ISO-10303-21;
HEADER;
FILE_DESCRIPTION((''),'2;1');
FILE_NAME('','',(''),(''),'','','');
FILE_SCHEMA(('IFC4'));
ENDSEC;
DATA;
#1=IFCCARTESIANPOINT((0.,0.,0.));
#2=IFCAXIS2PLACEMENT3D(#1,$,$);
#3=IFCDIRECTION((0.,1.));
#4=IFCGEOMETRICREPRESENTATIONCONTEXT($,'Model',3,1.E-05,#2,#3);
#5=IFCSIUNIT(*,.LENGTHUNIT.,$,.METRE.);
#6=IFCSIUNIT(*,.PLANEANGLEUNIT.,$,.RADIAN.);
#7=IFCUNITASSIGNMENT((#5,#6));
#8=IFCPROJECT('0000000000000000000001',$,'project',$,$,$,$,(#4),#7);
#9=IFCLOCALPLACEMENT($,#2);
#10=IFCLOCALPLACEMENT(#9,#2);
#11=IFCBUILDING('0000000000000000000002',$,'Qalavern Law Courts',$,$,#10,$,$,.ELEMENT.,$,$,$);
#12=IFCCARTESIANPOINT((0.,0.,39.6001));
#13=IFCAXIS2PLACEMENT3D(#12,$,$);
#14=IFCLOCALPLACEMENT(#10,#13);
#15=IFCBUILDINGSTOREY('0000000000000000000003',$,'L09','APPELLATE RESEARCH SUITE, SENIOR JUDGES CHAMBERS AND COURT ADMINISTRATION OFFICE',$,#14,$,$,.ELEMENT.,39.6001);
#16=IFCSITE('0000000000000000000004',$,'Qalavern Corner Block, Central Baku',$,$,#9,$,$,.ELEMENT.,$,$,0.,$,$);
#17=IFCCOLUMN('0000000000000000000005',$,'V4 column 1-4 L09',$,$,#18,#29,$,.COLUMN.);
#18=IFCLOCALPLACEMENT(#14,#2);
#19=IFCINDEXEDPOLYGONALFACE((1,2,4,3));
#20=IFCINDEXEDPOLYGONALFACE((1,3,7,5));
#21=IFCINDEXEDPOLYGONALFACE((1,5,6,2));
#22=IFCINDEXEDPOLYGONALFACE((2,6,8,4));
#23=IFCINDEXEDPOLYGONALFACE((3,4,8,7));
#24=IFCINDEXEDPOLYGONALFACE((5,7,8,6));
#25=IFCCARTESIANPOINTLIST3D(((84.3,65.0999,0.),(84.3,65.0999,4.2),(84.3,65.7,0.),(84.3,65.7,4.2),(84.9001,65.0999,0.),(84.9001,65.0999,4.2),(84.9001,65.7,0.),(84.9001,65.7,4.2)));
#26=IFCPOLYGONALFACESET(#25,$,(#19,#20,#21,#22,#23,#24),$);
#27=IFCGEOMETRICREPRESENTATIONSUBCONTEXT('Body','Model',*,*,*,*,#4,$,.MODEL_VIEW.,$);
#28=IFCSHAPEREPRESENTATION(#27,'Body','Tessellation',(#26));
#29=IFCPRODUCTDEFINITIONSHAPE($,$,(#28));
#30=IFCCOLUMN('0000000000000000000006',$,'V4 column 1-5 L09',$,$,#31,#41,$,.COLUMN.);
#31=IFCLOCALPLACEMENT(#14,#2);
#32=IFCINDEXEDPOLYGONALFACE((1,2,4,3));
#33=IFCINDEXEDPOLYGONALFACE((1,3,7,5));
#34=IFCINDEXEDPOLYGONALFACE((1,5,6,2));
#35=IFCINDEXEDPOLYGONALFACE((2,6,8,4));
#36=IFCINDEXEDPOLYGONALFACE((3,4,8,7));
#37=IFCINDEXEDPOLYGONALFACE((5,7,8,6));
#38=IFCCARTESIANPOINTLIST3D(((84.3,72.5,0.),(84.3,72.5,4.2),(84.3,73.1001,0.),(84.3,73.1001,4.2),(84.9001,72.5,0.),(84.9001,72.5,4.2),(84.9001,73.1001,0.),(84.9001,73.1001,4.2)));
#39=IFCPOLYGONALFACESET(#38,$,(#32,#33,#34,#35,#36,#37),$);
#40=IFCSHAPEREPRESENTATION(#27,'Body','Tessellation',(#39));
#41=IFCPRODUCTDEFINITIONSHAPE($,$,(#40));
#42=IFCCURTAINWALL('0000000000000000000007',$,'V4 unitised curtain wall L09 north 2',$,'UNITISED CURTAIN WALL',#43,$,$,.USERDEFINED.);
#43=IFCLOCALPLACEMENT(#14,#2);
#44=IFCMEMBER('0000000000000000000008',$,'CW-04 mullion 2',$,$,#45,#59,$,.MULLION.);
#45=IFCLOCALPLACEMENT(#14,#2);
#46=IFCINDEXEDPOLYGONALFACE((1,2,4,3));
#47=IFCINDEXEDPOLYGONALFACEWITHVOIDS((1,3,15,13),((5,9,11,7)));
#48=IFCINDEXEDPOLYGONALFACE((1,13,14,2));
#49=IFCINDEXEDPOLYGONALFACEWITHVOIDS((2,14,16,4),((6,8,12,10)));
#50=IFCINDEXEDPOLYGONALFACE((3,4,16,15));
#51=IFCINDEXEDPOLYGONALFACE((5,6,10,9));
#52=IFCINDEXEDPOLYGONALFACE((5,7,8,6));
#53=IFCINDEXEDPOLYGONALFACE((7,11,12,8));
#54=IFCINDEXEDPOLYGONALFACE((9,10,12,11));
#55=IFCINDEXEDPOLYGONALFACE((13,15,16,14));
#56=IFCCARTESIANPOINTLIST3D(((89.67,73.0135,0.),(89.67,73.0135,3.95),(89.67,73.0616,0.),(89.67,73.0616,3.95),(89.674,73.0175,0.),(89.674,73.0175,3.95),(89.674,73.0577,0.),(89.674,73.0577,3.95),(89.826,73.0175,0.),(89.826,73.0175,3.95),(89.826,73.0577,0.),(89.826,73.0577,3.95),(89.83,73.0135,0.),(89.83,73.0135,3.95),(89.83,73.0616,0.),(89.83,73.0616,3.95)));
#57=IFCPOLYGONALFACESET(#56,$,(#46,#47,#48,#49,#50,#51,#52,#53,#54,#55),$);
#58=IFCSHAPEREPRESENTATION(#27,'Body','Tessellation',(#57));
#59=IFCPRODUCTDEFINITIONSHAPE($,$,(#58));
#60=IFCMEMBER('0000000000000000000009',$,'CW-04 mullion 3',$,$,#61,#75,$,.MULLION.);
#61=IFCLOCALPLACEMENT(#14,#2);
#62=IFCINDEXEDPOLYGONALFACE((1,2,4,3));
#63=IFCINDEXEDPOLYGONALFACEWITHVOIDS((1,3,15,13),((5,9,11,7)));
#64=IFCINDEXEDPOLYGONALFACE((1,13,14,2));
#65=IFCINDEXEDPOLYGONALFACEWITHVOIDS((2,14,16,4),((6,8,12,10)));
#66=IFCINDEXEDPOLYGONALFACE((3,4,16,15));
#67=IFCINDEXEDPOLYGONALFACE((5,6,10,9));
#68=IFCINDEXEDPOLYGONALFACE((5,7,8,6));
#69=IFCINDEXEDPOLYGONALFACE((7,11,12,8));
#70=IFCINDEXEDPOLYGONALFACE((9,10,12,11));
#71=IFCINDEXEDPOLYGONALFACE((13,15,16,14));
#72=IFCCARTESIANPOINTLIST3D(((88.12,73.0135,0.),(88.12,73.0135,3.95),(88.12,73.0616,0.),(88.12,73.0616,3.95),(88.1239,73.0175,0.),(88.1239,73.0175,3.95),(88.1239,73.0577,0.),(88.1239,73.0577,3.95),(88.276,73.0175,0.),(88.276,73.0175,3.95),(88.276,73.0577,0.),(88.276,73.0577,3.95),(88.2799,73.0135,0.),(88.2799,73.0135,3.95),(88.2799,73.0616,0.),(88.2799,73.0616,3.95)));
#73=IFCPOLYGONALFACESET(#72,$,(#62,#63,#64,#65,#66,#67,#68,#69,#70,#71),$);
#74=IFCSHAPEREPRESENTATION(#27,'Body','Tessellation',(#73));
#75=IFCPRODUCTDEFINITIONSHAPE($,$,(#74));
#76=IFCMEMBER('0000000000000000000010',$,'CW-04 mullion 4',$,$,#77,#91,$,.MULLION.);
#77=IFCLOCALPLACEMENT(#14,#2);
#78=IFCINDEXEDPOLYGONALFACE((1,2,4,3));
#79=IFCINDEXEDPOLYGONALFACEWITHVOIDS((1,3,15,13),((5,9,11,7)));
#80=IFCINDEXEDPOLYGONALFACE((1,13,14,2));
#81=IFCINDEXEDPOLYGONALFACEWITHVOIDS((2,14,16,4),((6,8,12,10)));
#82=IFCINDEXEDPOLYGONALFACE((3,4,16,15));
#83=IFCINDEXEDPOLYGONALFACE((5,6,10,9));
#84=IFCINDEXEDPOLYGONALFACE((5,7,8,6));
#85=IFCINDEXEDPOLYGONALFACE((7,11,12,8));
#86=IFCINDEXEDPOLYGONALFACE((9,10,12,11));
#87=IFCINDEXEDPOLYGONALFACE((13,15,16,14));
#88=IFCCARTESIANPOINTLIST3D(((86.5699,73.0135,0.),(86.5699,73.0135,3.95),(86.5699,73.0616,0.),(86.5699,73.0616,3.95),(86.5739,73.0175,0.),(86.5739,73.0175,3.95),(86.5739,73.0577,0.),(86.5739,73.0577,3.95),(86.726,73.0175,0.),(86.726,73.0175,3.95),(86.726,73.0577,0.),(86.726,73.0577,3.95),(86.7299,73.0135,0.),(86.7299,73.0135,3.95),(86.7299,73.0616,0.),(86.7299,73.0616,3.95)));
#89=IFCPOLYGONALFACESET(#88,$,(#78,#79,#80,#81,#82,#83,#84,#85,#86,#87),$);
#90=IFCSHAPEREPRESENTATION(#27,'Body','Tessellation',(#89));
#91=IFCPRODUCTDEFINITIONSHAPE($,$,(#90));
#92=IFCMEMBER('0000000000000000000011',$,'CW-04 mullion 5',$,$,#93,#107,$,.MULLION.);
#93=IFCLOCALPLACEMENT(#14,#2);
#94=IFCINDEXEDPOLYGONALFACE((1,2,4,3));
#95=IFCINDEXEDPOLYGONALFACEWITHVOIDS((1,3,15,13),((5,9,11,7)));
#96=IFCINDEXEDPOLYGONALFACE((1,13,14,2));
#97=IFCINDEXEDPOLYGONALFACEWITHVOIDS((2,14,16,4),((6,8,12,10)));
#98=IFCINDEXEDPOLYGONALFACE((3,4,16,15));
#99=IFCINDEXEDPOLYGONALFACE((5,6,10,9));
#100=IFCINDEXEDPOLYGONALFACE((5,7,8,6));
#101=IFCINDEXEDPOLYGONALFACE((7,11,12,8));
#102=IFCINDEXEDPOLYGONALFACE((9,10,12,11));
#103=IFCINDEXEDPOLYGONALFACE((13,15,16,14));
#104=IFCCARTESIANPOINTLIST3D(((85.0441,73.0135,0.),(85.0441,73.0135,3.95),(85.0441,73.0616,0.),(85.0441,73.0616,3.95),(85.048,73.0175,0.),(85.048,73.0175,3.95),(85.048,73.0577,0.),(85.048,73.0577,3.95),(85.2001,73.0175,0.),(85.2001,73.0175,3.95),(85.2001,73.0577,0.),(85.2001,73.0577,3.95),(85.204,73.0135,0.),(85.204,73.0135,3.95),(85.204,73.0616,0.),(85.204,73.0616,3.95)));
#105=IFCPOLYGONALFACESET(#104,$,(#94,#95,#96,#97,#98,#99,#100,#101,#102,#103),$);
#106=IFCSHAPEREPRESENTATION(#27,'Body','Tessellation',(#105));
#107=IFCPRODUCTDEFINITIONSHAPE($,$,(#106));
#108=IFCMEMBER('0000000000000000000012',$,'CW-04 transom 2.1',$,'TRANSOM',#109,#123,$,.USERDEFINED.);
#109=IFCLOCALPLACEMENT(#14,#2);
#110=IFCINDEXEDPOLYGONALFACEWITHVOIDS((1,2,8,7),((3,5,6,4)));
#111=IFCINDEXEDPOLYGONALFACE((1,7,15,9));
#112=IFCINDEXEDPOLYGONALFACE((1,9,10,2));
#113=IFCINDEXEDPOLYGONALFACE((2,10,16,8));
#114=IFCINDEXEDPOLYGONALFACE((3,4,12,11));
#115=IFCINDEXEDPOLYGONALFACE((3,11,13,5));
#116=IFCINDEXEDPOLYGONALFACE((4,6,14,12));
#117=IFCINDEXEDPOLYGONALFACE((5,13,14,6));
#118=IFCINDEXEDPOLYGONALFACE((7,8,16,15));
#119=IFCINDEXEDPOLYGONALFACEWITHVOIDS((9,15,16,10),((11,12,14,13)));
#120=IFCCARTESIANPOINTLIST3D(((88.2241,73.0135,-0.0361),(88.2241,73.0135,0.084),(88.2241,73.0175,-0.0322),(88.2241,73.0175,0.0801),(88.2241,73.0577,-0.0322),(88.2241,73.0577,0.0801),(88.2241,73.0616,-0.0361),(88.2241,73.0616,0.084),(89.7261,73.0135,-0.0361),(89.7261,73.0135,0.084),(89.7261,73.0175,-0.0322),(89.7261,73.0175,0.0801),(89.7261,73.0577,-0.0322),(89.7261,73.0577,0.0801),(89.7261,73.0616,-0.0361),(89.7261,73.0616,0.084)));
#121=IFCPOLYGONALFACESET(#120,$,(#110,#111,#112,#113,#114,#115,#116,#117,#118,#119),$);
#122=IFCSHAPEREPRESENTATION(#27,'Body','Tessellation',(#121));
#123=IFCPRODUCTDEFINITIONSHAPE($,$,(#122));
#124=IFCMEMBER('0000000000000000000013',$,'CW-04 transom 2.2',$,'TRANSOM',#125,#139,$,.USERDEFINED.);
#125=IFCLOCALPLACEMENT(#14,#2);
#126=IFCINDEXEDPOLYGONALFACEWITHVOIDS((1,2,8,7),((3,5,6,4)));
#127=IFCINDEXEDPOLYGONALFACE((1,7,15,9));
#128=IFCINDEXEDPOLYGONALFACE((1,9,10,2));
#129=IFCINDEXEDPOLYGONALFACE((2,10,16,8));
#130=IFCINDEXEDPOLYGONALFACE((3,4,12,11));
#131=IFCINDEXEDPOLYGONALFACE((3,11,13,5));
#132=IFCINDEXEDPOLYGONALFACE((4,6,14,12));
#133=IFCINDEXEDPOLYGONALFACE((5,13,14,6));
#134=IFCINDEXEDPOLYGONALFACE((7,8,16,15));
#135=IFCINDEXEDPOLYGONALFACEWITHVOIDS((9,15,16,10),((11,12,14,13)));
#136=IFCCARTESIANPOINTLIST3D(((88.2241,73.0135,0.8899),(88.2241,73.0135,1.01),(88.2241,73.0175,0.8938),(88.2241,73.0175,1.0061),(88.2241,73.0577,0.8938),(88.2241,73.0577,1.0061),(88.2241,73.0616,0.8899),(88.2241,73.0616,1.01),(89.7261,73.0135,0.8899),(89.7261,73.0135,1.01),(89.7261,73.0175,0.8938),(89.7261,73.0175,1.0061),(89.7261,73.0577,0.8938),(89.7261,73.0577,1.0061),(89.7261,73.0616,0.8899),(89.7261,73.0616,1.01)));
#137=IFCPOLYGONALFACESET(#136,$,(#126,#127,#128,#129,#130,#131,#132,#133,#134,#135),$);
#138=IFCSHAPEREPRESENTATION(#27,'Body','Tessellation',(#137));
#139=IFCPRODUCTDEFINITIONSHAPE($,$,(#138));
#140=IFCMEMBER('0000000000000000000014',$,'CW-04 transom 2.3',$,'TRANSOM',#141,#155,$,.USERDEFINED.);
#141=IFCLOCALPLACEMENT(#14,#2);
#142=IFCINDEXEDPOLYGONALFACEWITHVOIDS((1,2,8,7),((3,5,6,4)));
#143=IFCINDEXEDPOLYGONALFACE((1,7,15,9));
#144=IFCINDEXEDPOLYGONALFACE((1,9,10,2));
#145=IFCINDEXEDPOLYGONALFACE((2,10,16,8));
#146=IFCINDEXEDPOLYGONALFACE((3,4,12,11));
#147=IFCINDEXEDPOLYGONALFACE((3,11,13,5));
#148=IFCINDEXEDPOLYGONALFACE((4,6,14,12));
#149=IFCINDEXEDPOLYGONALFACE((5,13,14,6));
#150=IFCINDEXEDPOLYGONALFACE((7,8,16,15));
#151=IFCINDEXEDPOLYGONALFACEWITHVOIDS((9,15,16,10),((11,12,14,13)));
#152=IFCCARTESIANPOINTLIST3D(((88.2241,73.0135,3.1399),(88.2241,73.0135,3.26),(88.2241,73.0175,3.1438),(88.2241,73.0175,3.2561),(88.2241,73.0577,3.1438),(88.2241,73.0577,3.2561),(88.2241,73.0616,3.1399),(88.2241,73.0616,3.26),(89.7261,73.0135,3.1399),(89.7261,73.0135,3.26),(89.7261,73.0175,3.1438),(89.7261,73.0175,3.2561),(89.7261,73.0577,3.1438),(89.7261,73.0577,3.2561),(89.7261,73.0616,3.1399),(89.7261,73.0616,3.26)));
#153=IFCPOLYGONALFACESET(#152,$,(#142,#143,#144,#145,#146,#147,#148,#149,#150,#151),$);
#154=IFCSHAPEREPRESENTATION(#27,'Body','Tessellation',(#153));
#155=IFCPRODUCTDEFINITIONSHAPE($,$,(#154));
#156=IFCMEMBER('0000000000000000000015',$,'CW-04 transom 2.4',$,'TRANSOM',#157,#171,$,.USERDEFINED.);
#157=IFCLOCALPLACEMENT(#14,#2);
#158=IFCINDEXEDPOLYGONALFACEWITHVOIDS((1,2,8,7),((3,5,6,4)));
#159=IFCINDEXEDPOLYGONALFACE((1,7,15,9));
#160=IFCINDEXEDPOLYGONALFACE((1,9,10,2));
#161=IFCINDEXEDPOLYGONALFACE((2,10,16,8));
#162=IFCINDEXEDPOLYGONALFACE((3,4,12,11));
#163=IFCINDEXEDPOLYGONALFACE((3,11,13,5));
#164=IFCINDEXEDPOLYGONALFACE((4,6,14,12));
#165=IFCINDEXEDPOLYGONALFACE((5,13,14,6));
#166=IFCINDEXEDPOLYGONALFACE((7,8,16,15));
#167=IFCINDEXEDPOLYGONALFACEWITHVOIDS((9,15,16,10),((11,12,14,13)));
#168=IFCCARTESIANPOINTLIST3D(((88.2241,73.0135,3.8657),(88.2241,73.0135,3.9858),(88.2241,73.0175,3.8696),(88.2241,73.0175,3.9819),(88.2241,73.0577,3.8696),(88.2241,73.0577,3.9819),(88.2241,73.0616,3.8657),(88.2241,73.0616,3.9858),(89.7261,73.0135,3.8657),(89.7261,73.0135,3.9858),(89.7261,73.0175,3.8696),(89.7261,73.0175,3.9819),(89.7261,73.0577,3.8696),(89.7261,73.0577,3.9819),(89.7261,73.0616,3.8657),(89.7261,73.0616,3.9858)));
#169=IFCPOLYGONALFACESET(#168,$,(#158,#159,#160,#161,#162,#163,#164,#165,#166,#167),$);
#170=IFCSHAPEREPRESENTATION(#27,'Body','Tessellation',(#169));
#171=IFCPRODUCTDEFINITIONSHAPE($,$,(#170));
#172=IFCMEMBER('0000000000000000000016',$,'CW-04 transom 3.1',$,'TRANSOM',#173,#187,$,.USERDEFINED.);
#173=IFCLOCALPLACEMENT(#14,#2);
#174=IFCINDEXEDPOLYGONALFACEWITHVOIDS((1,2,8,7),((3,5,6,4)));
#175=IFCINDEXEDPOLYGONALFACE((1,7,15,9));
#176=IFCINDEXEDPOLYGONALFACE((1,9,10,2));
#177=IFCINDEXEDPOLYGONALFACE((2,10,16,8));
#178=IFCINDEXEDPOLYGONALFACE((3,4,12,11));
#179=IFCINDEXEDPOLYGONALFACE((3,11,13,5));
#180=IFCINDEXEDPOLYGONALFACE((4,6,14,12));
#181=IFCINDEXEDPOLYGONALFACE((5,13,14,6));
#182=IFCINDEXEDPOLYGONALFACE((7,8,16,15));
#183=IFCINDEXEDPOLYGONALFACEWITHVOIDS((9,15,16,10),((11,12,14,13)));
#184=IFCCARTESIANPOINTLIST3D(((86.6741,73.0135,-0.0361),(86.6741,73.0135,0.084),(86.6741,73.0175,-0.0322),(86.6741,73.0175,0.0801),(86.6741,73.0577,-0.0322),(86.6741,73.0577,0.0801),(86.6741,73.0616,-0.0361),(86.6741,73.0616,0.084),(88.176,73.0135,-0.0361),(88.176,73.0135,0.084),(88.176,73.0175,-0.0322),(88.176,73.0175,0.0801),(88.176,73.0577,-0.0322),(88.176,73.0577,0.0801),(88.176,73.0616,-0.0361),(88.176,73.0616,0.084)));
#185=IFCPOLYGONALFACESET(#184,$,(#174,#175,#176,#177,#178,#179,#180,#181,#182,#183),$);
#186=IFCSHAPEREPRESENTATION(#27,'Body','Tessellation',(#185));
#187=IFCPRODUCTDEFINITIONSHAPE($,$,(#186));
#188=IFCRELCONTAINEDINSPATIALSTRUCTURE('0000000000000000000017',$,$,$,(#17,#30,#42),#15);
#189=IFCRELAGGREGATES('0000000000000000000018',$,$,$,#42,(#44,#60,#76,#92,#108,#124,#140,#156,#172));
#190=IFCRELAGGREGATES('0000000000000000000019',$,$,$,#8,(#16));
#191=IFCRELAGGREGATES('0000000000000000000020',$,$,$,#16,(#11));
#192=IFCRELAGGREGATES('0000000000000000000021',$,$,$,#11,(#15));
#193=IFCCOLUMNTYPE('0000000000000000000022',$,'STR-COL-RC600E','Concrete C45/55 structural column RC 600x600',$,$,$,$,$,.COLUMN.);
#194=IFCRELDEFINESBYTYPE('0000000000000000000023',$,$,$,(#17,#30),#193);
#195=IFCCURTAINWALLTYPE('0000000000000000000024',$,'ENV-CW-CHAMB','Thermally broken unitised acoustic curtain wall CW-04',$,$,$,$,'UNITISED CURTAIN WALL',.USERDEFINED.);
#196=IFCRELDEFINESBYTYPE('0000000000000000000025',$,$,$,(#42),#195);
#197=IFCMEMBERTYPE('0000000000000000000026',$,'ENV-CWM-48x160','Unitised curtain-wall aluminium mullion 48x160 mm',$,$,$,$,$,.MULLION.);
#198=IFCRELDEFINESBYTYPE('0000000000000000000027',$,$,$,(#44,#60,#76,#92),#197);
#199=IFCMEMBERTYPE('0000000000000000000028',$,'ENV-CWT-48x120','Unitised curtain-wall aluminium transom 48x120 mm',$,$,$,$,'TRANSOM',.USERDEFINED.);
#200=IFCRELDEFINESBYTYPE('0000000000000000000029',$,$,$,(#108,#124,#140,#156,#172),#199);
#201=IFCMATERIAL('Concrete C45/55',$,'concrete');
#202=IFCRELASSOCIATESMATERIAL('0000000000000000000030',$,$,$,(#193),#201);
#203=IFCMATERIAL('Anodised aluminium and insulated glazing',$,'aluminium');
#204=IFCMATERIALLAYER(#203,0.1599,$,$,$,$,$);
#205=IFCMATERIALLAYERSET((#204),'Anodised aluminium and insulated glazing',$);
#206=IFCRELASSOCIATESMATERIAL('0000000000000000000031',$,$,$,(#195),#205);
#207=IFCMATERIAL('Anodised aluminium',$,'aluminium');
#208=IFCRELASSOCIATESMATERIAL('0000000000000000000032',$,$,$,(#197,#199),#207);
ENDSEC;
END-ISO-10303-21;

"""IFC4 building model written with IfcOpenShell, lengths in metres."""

from ifc_helpers import new_model, si_unit, direction, frame, origin, origin_2d, place, context, subcontext, project, spatial, rectangle, hollow_rectangle, extrude, material, layer, layer_set, material_profile, profile_set, type_object, element, aggregate, save


model = new_model("IFC4")

# Units and contexts
model_context = context("Model", 3, precision=1e-05, world=origin(), true_north=direction((0.0, 1.0)))
body_context = subcontext(model_context, "Body", "Model", "MODEL_VIEW")
ifc_project = project(units=[si_unit("LENGTHUNIT", "METRE"), si_unit("PLANEANGLEUNIT", "RADIAN")], contexts=[model_context])

# Site, building, storey
site_placement = place(None, origin())
site = spatial("IfcSite", under=ifc_project, at=site_placement, Name="Qalavern Corner Block, Central Baku", CompositionType="ELEMENT", RefElevation=0.0)
building_placement = place(site_placement, origin())
building = spatial("IfcBuilding", under=site, at=building_placement, Name="Qalavern Law Courts", CompositionType="ELEMENT")
storey_placement = place(building_placement, frame((0.0, 0.0, 39.6001)))
storey = spatial("IfcBuildingStorey", under=building, at=storey_placement, Name="L09", Description="APPELLATE RESEARCH SUITE, SENIOR JUDGES CHAMBERS AND COURT ADMINISTRATION OFFICE", CompositionType="ELEMENT", Elevation=39.6001)

# Columns
ifc_material_1 = material(Name="Concrete C45/55", Category="concrete")
ifc_material_profile_1 = material_profile(ifc_material_1, rectangle(XDim=0.6001, YDim=0.6001, at=origin_2d()), Name="RC 600x600")
ifc_profile_set_1 = profile_set([ifc_material_profile_1], Name="Concrete C45/55")
column_type = type_object("IfcColumnType", Name="STR-COL-RC600E", Description="Concrete C45/55 structural column RC 600x600", PredefinedType="COLUMN", material=ifc_profile_set_1)
for number, where, z_axis, x_axis, name in (
    (1, (84.6001, 65.3999, 0.0), (0.0, 0.0, 1.0), (1.0, 0.0, 0.0), "V4 column 1-4 L09"),
    (2, (84.6001, 72.8, 0.0), (0.0, 0.0, 1.0), (1.0, 0.0, 0.0), "V4 column 1-5 L09"),
):
    element("IfcColumn", number, at=place(storey_placement, frame(where, z_axis=z_axis, x_axis=x_axis)), inside=storey, type_object=column_type, Name=name, PredefinedType="COLUMN", context=body_context, shape_type="SweptSolid", body=[
        extrude(rectangle(XDim=0.6001, YDim=0.6001, at=origin_2d()), origin(), (0.0, 0.0, 1.0), 4.2),
    ])

# Curtain wall, members
ifc_material_2 = material(Name="Anodised aluminium and insulated glazing", Category="aluminium")
ifc_layer_1 = layer(ifc_material_2, 0.1599)
ifc_layer_set_1 = layer_set([ifc_layer_1], Name="Anodised aluminium and insulated glazing")
curtain_wall_type = type_object("IfcCurtainWallType", Name="ENV-CW-CHAMB", Description="Thermally broken unitised acoustic curtain wall CW-04", ElementType="UNITISED CURTAIN WALL", PredefinedType="USERDEFINED", material=ifc_layer_set_1)
curtain_wall_placement = place(storey_placement, origin())
curtain_wall = element("IfcCurtainWall", 3, at=curtain_wall_placement, inside=storey, type_object=curtain_wall_type, Name="V4 unitised curtain wall L09 north 2", ObjectType="UNITISED CURTAIN WALL", PredefinedType="USERDEFINED")
ifc_material_3 = material(Name="Anodised aluminium", Category="aluminium")
ifc_material_profile_2 = material_profile(ifc_material_3, hollow_rectangle(XDim=0.0481, YDim=0.1599, WallThickness=0.0039, at=origin_2d()), Name="ALU MULLION 48x160")
ifc_profile_set_2 = profile_set([ifc_material_profile_2], Name="Anodised aluminium")
member_type_1 = type_object("IfcMemberType", Name="ENV-CWM-48x160", Description="Unitised curtain-wall aluminium mullion 48x160 mm", PredefinedType="MULLION", material=ifc_profile_set_2)
member_1_placement = place(storey_placement, frame((89.75, 73.0376, 0.0), z_axis=(0.0, 0.0, 1.0), x_axis=(0.0, -1.0, 0.0)))
member_1 = element("IfcMember", 4, at=member_1_placement, type_object=member_type_1, Name="CW-04 mullion 2", PredefinedType="MULLION", context=body_context, shape_type="SweptSolid", body=[
    extrude(hollow_rectangle(XDim=0.0481, YDim=0.1599, WallThickness=0.0039, at=origin_2d()), origin(), (0.0, 0.0, 1.0), 3.95),
])
member_2_placement = place(storey_placement, frame((88.2, 73.0376, 0.0), z_axis=(0.0, 0.0, 1.0), x_axis=(0.0, -1.0, 0.0)))
member_2 = element("IfcMember", 5, at=member_2_placement, type_object=member_type_1, Name="CW-04 mullion 3", PredefinedType="MULLION", context=body_context, shape_type="SweptSolid", body=[
    extrude(hollow_rectangle(XDim=0.0481, YDim=0.1599, WallThickness=0.0039, at=origin_2d()), origin(), (0.0, 0.0, 1.0), 3.95),
])
member_3_placement = place(storey_placement, frame((86.6499, 73.0376, 0.0), z_axis=(0.0, 0.0, 1.0), x_axis=(0.0, -1.0, 0.0)))
member_3 = element("IfcMember", 6, at=member_3_placement, type_object=member_type_1, Name="CW-04 mullion 4", PredefinedType="MULLION", context=body_context, shape_type="SweptSolid", body=[
    extrude(hollow_rectangle(XDim=0.0481, YDim=0.1599, WallThickness=0.0039, at=origin_2d()), origin(), (0.0, 0.0, 1.0), 3.95),
])
member_4_placement = place(storey_placement, frame((85.124, 73.0376, 0.0), z_axis=(0.0, 0.0, 1.0), x_axis=(0.0, -1.0, 0.0)))
member_4 = element("IfcMember", 7, at=member_4_placement, type_object=member_type_1, Name="CW-04 mullion 5", PredefinedType="MULLION", context=body_context, shape_type="SweptSolid", body=[
    extrude(hollow_rectangle(XDim=0.0481, YDim=0.1599, WallThickness=0.0039, at=origin_2d()), origin(), (0.0, 0.0, 1.0), 3.95),
])
ifc_material_profile_3 = material_profile(ifc_material_3, hollow_rectangle(XDim=0.0481, YDim=0.1201, WallThickness=0.0039, at=origin_2d()), Name="ALU TRANSOM 48x120")
ifc_profile_set_3 = profile_set([ifc_material_profile_3], Name="Anodised aluminium")
member_type_2 = type_object("IfcMemberType", Name="ENV-CWT-48x120", Description="Unitised curtain-wall aluminium transom 48x120 mm", ElementType="TRANSOM", PredefinedType="USERDEFINED", material=ifc_profile_set_3)
member_5_placement = place(storey_placement, frame((89.7261, 73.0376, 0.0239), z_axis=(-1.0, 0.0, 0.0), x_axis=(0.0, -1.0, 0.0)))
member_5 = element("IfcMember", 8, at=member_5_placement, type_object=member_type_2, Name="CW-04 transom 2.1", ObjectType="TRANSOM", PredefinedType="USERDEFINED", context=body_context, shape_type="SweptSolid", body=[
    extrude(hollow_rectangle(XDim=0.0481, YDim=0.1201, WallThickness=0.0039, at=origin_2d()), origin(), (0.0, 0.0, 1.0), 1.502),
])
member_6_placement = place(storey_placement, frame((89.7261, 73.0376, 0.95), z_axis=(-1.0, 0.0, 0.0), x_axis=(0.0, -1.0, 0.0)))
member_6 = element("IfcMember", 9, at=member_6_placement, type_object=member_type_2, Name="CW-04 transom 2.2", ObjectType="TRANSOM", PredefinedType="USERDEFINED", context=body_context, shape_type="SweptSolid", body=[
    extrude(hollow_rectangle(XDim=0.0481, YDim=0.1201, WallThickness=0.0039, at=origin_2d()), origin(), (0.0, 0.0, 1.0), 1.502),
])
member_7_placement = place(storey_placement, frame((89.7261, 73.0376, 3.2), z_axis=(-1.0, 0.0, 0.0), x_axis=(0.0, -1.0, 0.0)))
member_7 = element("IfcMember", 10, at=member_7_placement, type_object=member_type_2, Name="CW-04 transom 2.3", ObjectType="TRANSOM", PredefinedType="USERDEFINED", context=body_context, shape_type="SweptSolid", body=[
    extrude(hollow_rectangle(XDim=0.0481, YDim=0.1201, WallThickness=0.0039, at=origin_2d()), origin(), (0.0, 0.0, 1.0), 1.502),
])
member_8_placement = place(storey_placement, frame((89.7261, 73.0376, 3.9258), z_axis=(-1.0, 0.0, 0.0), x_axis=(0.0, -1.0, 0.0)))
member_8 = element("IfcMember", 11, at=member_8_placement, type_object=member_type_2, Name="CW-04 transom 2.4", ObjectType="TRANSOM", PredefinedType="USERDEFINED", context=body_context, shape_type="SweptSolid", body=[
    extrude(hollow_rectangle(XDim=0.0481, YDim=0.1201, WallThickness=0.0039, at=origin_2d()), origin(), (0.0, 0.0, 1.0), 1.502),
])
member_9_placement = place(storey_placement, frame((88.176, 73.0376, 0.0239), z_axis=(-1.0, 0.0, 0.0), x_axis=(0.0, -1.0, 0.0)))
member_9 = element("IfcMember", 12, at=member_9_placement, type_object=member_type_2, Name="CW-04 transom 3.1", ObjectType="TRANSOM", PredefinedType="USERDEFINED", context=body_context, shape_type="SweptSolid", body=[
    extrude(hollow_rectangle(XDim=0.0481, YDim=0.1201, WallThickness=0.0039, at=origin_2d()), origin(), (0.0, 0.0, 1.0), 1.502),
])

aggregate(curtain_wall, [member_1, member_2, member_3, member_4, member_5, member_6, member_7, member_8, member_9])

save(model, "model.ifc")
